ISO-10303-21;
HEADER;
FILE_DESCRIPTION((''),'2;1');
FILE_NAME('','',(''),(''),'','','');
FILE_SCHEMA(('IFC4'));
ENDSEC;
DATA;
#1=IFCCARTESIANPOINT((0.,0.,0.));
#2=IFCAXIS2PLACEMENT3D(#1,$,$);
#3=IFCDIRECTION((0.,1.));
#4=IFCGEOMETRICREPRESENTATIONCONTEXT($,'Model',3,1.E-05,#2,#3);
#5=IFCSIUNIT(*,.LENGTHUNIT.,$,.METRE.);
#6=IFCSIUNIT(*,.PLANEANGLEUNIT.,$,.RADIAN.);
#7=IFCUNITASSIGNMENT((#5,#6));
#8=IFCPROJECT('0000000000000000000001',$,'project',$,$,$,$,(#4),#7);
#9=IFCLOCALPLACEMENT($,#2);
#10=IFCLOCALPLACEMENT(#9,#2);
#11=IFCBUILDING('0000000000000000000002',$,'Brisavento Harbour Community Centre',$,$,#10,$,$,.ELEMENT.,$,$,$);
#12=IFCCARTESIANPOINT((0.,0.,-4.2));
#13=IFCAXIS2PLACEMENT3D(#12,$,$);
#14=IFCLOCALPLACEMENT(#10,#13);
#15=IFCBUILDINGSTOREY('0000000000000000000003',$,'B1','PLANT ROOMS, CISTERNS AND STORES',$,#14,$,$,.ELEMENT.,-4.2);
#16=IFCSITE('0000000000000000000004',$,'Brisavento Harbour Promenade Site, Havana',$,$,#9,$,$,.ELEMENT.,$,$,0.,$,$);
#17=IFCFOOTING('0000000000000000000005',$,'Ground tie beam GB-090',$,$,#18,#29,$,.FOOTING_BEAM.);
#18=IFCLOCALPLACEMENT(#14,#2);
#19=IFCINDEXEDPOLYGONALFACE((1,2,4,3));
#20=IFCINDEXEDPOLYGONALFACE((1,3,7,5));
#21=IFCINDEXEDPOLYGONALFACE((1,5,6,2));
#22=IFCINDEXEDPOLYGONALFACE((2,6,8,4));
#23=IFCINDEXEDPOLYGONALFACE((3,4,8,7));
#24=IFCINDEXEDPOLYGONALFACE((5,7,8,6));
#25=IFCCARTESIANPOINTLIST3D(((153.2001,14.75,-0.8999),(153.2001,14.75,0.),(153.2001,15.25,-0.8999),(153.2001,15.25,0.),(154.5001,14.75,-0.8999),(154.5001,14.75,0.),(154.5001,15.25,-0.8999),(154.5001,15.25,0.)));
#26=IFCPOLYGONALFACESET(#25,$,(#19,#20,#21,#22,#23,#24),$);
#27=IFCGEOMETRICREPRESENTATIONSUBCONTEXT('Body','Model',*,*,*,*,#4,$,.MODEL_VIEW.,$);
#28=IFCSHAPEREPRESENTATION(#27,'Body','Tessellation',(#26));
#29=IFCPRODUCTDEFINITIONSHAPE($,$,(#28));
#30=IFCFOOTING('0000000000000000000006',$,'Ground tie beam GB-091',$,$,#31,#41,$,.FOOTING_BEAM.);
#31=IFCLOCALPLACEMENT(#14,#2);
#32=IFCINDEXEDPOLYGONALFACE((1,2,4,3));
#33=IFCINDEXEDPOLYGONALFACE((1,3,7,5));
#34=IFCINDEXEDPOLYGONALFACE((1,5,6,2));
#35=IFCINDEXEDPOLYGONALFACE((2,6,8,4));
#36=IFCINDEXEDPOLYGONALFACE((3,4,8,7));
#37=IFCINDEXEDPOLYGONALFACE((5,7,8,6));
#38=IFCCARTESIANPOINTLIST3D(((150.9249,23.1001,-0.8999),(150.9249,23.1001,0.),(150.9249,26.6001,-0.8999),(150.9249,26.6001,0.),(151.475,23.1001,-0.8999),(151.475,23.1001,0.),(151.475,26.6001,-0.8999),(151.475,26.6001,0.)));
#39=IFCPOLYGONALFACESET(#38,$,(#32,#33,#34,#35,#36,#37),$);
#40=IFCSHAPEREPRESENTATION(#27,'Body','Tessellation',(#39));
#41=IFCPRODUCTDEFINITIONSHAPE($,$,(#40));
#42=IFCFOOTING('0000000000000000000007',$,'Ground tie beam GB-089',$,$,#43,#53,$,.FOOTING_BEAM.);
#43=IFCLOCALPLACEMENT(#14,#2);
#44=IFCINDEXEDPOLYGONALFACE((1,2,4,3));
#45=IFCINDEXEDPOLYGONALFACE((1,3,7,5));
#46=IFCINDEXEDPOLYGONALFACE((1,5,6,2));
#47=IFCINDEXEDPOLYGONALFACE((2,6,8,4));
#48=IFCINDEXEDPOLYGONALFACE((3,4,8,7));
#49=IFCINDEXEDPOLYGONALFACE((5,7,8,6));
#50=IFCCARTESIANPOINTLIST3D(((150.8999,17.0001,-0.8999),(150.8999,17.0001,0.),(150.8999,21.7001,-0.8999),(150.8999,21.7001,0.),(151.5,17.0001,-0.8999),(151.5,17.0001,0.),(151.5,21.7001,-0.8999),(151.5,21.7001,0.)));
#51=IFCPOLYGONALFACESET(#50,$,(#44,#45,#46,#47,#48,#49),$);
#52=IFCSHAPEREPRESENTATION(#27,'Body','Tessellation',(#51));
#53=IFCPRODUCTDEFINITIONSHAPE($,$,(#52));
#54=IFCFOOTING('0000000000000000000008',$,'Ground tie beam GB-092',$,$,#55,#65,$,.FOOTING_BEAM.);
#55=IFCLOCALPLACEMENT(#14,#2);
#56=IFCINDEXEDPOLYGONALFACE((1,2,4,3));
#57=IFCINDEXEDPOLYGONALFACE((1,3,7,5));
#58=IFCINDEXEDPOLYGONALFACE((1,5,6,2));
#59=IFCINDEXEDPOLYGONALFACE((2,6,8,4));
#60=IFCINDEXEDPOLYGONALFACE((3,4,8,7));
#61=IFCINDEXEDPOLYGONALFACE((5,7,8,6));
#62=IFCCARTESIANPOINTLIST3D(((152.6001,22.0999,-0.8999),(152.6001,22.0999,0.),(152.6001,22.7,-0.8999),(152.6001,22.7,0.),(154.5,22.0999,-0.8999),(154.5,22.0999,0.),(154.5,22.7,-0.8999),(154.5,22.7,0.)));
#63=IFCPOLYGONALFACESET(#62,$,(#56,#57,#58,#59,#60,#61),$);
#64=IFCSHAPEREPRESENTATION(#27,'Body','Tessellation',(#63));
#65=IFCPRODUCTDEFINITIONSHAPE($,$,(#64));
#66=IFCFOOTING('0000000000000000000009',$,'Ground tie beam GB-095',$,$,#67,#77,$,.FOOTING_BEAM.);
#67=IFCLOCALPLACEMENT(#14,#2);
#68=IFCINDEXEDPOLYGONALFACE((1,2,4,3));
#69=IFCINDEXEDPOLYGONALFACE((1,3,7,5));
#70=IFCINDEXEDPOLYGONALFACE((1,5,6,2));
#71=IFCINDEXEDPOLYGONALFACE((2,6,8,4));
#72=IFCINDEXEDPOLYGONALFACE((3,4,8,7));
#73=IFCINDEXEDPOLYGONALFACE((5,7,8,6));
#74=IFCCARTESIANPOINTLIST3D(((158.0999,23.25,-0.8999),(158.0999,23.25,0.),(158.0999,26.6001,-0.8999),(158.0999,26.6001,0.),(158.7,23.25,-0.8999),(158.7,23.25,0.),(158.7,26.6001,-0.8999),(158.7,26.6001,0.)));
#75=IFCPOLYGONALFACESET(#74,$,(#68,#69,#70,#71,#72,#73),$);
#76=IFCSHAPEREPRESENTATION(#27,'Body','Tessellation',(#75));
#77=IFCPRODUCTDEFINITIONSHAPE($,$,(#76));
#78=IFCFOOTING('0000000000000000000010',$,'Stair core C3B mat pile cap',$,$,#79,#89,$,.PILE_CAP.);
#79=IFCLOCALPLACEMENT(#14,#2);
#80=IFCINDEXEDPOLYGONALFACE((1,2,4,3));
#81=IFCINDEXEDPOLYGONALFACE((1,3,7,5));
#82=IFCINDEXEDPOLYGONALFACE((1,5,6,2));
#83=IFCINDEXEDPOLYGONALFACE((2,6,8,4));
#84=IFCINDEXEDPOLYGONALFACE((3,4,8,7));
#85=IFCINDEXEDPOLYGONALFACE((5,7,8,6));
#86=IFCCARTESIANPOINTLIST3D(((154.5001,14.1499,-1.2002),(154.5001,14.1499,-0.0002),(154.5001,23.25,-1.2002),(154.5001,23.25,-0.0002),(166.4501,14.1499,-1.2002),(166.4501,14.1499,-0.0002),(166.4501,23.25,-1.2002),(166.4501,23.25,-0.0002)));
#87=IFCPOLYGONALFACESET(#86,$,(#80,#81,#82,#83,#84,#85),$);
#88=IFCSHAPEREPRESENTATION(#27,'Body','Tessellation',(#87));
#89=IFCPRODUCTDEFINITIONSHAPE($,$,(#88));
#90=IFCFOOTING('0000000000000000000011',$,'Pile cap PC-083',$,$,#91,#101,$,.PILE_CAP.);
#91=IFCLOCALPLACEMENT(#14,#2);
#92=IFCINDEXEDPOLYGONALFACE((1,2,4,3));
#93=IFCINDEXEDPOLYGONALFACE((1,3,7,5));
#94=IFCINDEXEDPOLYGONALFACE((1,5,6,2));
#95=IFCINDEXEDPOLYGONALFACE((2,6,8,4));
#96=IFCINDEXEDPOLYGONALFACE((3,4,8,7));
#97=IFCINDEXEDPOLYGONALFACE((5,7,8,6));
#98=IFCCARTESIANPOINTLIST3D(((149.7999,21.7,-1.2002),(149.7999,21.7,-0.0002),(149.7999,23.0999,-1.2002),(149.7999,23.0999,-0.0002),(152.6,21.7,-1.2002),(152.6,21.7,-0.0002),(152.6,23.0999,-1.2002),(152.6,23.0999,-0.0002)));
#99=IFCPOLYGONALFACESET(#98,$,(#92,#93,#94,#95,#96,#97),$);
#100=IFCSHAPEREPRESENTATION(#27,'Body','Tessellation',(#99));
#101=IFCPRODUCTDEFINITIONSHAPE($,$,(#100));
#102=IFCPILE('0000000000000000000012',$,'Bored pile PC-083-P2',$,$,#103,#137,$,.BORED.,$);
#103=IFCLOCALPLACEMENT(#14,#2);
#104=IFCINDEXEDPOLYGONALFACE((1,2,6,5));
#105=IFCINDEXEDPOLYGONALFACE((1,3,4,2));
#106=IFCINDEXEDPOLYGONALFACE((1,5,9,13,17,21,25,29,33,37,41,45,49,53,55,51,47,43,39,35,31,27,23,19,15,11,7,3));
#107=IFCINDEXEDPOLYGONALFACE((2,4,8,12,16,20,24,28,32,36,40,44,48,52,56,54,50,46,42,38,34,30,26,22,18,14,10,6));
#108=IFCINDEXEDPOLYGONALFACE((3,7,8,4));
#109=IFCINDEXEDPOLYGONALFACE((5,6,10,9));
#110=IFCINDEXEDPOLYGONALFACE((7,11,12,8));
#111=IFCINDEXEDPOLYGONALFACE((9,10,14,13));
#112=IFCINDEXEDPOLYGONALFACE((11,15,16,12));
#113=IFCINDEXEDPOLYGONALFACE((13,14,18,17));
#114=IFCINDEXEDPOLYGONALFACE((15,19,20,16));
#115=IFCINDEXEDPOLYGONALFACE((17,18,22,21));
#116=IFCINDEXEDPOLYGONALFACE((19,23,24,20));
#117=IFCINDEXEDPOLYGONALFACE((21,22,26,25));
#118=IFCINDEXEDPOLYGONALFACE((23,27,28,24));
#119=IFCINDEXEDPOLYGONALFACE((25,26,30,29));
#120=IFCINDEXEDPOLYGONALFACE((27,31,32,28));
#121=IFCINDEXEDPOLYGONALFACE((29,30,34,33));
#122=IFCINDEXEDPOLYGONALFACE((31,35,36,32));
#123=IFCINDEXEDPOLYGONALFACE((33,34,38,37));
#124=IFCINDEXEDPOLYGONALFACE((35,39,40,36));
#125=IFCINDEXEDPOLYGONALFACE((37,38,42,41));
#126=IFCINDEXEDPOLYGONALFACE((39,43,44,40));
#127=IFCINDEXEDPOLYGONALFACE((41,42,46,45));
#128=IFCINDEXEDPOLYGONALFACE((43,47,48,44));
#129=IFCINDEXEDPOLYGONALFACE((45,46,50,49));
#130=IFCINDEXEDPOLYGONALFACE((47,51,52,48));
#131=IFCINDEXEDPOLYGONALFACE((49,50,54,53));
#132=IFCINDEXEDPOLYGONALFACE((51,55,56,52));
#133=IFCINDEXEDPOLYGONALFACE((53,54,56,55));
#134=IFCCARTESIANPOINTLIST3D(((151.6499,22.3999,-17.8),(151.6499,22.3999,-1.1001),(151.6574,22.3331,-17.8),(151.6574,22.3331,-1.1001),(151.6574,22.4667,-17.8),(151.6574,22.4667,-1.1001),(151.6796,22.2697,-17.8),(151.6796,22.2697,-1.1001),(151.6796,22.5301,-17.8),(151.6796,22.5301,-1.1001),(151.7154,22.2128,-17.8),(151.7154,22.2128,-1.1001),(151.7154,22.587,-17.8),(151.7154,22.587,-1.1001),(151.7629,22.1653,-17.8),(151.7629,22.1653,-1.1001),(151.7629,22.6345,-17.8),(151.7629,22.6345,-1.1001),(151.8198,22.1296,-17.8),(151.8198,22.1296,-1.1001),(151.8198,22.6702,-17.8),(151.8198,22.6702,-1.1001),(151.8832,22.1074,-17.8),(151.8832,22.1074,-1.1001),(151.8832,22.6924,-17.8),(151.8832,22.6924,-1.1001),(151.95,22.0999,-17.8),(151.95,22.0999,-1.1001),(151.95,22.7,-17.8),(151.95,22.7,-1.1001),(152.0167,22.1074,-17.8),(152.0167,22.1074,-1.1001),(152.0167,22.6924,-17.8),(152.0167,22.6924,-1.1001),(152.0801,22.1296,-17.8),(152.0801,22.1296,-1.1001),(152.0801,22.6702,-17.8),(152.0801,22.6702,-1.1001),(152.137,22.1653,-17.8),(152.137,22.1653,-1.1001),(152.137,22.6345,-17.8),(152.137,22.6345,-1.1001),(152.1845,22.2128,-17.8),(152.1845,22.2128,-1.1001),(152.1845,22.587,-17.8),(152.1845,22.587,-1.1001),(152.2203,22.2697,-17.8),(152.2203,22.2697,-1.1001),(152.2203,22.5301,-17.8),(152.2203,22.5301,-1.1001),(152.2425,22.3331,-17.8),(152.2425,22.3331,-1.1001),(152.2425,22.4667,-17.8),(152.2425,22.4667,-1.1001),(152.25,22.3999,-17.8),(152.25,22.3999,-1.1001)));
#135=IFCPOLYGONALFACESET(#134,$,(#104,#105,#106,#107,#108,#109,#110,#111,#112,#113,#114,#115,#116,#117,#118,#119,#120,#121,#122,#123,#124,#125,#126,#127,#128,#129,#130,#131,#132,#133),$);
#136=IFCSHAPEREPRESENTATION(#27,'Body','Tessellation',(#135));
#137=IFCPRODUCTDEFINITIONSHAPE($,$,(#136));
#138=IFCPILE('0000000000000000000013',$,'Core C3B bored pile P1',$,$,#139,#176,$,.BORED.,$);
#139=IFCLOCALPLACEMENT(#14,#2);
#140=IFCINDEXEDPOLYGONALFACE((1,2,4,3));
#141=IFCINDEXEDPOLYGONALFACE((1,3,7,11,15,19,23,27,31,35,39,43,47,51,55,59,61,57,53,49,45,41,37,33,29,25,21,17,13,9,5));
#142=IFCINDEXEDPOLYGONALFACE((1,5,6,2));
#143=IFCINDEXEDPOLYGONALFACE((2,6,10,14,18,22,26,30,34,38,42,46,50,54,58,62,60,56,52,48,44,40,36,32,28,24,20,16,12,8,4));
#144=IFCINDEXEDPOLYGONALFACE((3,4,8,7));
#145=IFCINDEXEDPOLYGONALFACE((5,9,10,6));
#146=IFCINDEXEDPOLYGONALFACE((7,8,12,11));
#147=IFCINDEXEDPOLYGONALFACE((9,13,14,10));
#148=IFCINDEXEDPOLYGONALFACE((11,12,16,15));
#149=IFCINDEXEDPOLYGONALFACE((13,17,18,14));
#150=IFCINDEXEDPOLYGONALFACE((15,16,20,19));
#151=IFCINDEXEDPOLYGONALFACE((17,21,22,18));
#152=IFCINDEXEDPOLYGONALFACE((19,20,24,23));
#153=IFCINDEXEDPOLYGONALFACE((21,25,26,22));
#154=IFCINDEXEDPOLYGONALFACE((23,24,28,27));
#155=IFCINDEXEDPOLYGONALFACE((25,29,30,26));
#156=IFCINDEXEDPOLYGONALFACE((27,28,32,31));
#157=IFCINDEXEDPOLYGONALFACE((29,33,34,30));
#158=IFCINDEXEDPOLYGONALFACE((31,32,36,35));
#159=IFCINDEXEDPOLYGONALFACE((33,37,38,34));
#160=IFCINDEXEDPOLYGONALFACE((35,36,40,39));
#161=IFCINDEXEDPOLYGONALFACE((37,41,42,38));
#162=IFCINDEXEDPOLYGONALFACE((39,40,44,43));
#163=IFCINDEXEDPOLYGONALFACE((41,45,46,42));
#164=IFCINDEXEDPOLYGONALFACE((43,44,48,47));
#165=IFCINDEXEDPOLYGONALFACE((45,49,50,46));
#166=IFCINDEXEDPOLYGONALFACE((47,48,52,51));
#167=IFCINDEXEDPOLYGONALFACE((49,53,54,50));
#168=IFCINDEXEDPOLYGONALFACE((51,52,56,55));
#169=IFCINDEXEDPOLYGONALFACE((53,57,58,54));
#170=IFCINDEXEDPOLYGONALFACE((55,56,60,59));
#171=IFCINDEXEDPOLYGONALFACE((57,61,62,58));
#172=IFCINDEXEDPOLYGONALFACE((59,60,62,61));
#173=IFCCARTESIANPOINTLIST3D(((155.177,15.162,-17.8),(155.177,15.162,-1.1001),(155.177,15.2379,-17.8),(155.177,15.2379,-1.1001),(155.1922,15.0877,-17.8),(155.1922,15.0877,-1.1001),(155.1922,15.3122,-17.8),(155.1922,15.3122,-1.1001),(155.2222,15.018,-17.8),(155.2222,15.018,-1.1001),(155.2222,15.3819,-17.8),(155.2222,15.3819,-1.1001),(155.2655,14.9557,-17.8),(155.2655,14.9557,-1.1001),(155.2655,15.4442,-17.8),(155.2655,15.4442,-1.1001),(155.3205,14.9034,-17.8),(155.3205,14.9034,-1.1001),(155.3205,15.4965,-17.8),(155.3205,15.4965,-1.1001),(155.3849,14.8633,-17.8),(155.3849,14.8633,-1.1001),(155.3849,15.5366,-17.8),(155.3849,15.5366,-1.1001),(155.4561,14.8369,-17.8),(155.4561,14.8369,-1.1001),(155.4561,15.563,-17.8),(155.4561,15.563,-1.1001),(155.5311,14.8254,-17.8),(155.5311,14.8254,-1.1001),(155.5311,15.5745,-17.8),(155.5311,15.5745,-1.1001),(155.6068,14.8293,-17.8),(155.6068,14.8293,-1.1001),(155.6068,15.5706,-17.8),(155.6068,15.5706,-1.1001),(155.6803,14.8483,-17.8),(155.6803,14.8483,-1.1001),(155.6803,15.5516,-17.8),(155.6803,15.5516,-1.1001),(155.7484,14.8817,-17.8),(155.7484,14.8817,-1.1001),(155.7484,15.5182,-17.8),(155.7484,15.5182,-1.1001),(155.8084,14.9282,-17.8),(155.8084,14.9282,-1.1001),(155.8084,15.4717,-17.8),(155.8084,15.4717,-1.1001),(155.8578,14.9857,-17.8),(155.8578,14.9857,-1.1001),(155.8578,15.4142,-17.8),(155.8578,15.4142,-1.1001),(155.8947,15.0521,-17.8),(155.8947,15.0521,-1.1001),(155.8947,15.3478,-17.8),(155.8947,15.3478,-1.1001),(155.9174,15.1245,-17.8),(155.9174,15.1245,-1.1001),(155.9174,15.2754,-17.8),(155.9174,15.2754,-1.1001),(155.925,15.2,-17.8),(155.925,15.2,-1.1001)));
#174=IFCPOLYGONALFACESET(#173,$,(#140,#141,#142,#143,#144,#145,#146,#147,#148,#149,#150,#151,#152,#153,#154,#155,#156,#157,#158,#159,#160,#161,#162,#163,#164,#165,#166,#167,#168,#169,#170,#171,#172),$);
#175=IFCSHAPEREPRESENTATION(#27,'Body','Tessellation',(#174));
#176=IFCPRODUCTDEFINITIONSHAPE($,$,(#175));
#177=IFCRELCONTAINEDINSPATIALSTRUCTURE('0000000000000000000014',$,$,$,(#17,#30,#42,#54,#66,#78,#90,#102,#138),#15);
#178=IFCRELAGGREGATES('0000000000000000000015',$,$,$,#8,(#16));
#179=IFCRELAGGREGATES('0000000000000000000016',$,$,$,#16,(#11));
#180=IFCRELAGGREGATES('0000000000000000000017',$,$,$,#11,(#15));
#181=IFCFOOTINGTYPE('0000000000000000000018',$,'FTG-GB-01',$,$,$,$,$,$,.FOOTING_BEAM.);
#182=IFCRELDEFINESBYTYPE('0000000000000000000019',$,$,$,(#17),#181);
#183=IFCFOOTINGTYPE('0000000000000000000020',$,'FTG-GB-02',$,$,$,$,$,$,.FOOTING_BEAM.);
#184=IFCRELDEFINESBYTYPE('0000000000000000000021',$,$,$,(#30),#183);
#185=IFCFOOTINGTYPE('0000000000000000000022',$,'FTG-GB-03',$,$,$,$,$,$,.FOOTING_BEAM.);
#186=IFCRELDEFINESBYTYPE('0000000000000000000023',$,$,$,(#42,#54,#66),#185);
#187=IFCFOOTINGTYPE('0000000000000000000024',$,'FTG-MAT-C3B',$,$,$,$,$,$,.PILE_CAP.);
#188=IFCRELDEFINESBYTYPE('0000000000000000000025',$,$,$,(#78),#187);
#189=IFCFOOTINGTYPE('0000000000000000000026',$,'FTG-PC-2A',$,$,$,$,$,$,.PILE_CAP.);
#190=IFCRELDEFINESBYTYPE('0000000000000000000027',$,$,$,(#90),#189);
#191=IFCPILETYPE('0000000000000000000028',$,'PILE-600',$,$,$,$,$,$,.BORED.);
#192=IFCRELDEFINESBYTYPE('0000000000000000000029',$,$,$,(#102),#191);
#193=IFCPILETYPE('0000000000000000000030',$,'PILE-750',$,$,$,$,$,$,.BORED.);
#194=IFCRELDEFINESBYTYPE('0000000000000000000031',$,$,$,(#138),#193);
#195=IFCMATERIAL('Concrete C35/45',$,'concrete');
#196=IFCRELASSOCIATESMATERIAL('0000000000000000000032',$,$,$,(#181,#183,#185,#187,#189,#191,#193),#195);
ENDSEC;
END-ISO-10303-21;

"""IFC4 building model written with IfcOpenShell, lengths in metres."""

from ifc_helpers import new_model, si_unit, direction, frame, origin, origin_2d, place, context, subcontext, project, spatial, rectangle, circle, extrude, material, material_profile, profile_set, type_object, element, save


model = new_model("IFC4")

# Units and contexts
model_context = context("Model", 3, precision=1e-05, world=origin(), true_north=direction((0.0, 1.0)))
body_context = subcontext(model_context, "Body", "Model", "MODEL_VIEW")
ifc_project = project(units=[si_unit("LENGTHUNIT", "METRE"), si_unit("PLANEANGLEUNIT", "RADIAN")], contexts=[model_context])

# Site, building, storey
site_placement = place(None, origin())
site = spatial("IfcSite", under=ifc_project, at=site_placement, Name="Brisavento Harbour Promenade Site, Havana", CompositionType="ELEMENT", RefElevation=0.0)
building_placement = place(site_placement, origin())
building = spatial("IfcBuilding", under=site, at=building_placement, Name="Brisavento Harbour Community Centre", CompositionType="ELEMENT")
storey_placement = place(building_placement, frame((0.0, 0.0, -4.2)))
storey = spatial("IfcBuildingStorey", under=building, at=storey_placement, Name="B1", Description="PLANT ROOMS, CISTERNS AND STORES", CompositionType="ELEMENT", Elevation=-4.2)

# Footings
ifc_material_1 = material(Name="Concrete C35/45", Category="concrete")
footing_type_1 = type_object("IfcFootingType", Name="FTG-GB-01", PredefinedType="FOOTING_BEAM", material=ifc_material_1)
footing_1_placement = place(storey_placement, frame((153.8501, 15.0, -0.8999), z_axis=(0.0, 0.0, 1.0), x_axis=(1.0, 0.0, 0.0)))
element("IfcFooting", 1, at=footing_1_placement, inside=storey, type_object=footing_type_1, Name="Ground tie beam GB-090", PredefinedType="FOOTING_BEAM", context=body_context, shape_type="SweptSolid", body=[
    extrude(rectangle(XDim=1.3, YDim=0.5, at=origin_2d()), origin(), (0.0, 0.0, 1.0), 0.8999),
])
footing_type_2 = type_object("IfcFootingType", Name="FTG-GB-02", PredefinedType="FOOTING_BEAM", material=ifc_material_1)
footing_2_placement = place(storey_placement, frame((151.2, 24.8501, -0.8999), z_axis=(0.0, 0.0, 1.0), x_axis=(1.0, 0.0, 0.0)))
element("IfcFooting", 2, at=footing_2_placement, inside=storey, type_object=footing_type_2, Name="Ground tie beam GB-091", PredefinedType="FOOTING_BEAM", context=body_context, shape_type="SweptSolid", body=[
    extrude(rectangle(XDim=0.55, YDim=3.5, at=origin_2d()), origin(), (0.0, 0.0, 1.0), 0.8999),
])
footing_type_3 = type_object("IfcFootingType", Name="FTG-GB-03", PredefinedType="FOOTING_BEAM", material=ifc_material_1)
footing_3_placement = place(storey_placement, frame((151.2, 19.3501, -0.8999), z_axis=(0.0, 0.0, 1.0), x_axis=(1.0, 0.0, 0.0)))
element("IfcFooting", 3, at=footing_3_placement, inside=storey, type_object=footing_type_3, Name="Ground tie beam GB-089", PredefinedType="FOOTING_BEAM", context=body_context, shape_type="SweptSolid", body=[
    extrude(rectangle(XDim=0.6001, YDim=4.7, at=origin_2d()), origin(), (0.0, 0.0, 1.0), 0.8999),
])
footing_4_placement = place(storey_placement, frame((153.55, 22.3999, -0.8999), z_axis=(0.0, 0.0, 1.0), x_axis=(1.0, 0.0, 0.0)))
element("IfcFooting", 4, at=footing_4_placement, inside=storey, type_object=footing_type_3, Name="Ground tie beam GB-092", PredefinedType="FOOTING_BEAM", context=body_context, shape_type="SweptSolid", body=[
    extrude(rectangle(XDim=1.8999, YDim=0.6001, at=origin_2d()), origin(), (0.0, 0.0, 1.0), 0.8999),
])
footing_5_placement = place(storey_placement, frame((158.3999, 24.925, -0.8999), z_axis=(0.0, 0.0, 1.0), x_axis=(1.0, 0.0, 0.0)))
element("IfcFooting", 5, at=footing_5_placement, inside=storey, type_object=footing_type_3, Name="Ground tie beam GB-095", PredefinedType="FOOTING_BEAM", context=body_context, shape_type="SweptSolid", body=[
    extrude(rectangle(XDim=0.6001, YDim=3.3501, at=origin_2d()), origin(), (0.0, 0.0, 1.0), 0.8999),
])
footing_type_4 = type_object("IfcFootingType", Name="FTG-MAT-C3B", PredefinedType="PILE_CAP", material=ifc_material_1)
footing_6_placement = place(storey_placement, frame((160.4751, 18.7, -1.2002), z_axis=(0.0, 0.0, 1.0), x_axis=(1.0, 0.0, 0.0)))
element("IfcFooting", 6, at=footing_6_placement, inside=storey, type_object=footing_type_4, Name="Stair core C3B mat pile cap", PredefinedType="PILE_CAP", context=body_context, shape_type="SweptSolid", body=[
    extrude(rectangle(XDim=11.95, YDim=9.1001, at=origin_2d()), origin(), (0.0, 0.0, 1.0), 1.2),
])
footing_type_5 = type_object("IfcFootingType", Name="FTG-PC-2A", PredefinedType="PILE_CAP", material=ifc_material_1)
footing_7_placement = place(storey_placement, frame((151.2, 22.3999, -1.2002), z_axis=(0.0, 0.0, 1.0), x_axis=(1.0, 0.0, 0.0)))
element("IfcFooting", 7, at=footing_7_placement, inside=storey, type_object=footing_type_5, Name="Pile cap PC-083", PredefinedType="PILE_CAP", context=body_context, shape_type="SweptSolid", body=[
    extrude(rectangle(XDim=2.8, YDim=1.3999, at=origin_2d()), origin(), (0.0, 0.0, 1.0), 1.2),
])

# Piles
ifc_material_profile_1 = material_profile(ifc_material_1, circle(Radius=0.3, at=origin_2d()), Name="Concrete C35/45")
ifc_profile_set_1 = profile_set([ifc_material_profile_1], Name="Concrete C35/45")
pile_type_1 = type_object("IfcPileType", Name="PILE-600", PredefinedType="BORED", material=ifc_profile_set_1)
pile_1_placement = place(storey_placement, frame((151.95, 22.3999, -1.1001), z_axis=(0.0, 0.0, -1.0), x_axis=(1.0, 0.0, 0.0)))
element("IfcPile", 8, at=pile_1_placement, inside=storey, type_object=pile_type_1, Name="Bored pile PC-083-P2", PredefinedType="BORED", context=body_context, shape_type="SweptSolid", body=[
    extrude(circle(Radius=0.3, at=origin_2d()), origin(), (0.0, 0.0, 1.0), 16.7),
])
ifc_material_profile_2 = material_profile(ifc_material_1, circle(Radius=0.375, at=origin_2d()), Name="Concrete C35/45")
ifc_profile_set_2 = profile_set([ifc_material_profile_2], Name="Concrete C35/45")
pile_type_2 = type_object("IfcPileType", Name="PILE-750", PredefinedType="BORED", material=ifc_profile_set_2)
for number, where, z_axis, x_axis, name in (
    (9, (155.55, 15.2, -1.1001), (0.0, 0.0, -1.0), (1.0, 0.0, 0.0), "Core C3B bored pile P1"),
):
    element("IfcPile", number, at=place(storey_placement, frame(where, z_axis=z_axis, x_axis=x_axis)), inside=storey, type_object=pile_type_2, Name=name, PredefinedType="BORED", context=body_context, shape_type="SweptSolid", body=[
        extrude(circle(Radius=0.375, at=origin_2d()), origin(), (0.0, 0.0, 1.0), 16.7),
    ])

save(model, "model.ifc")
